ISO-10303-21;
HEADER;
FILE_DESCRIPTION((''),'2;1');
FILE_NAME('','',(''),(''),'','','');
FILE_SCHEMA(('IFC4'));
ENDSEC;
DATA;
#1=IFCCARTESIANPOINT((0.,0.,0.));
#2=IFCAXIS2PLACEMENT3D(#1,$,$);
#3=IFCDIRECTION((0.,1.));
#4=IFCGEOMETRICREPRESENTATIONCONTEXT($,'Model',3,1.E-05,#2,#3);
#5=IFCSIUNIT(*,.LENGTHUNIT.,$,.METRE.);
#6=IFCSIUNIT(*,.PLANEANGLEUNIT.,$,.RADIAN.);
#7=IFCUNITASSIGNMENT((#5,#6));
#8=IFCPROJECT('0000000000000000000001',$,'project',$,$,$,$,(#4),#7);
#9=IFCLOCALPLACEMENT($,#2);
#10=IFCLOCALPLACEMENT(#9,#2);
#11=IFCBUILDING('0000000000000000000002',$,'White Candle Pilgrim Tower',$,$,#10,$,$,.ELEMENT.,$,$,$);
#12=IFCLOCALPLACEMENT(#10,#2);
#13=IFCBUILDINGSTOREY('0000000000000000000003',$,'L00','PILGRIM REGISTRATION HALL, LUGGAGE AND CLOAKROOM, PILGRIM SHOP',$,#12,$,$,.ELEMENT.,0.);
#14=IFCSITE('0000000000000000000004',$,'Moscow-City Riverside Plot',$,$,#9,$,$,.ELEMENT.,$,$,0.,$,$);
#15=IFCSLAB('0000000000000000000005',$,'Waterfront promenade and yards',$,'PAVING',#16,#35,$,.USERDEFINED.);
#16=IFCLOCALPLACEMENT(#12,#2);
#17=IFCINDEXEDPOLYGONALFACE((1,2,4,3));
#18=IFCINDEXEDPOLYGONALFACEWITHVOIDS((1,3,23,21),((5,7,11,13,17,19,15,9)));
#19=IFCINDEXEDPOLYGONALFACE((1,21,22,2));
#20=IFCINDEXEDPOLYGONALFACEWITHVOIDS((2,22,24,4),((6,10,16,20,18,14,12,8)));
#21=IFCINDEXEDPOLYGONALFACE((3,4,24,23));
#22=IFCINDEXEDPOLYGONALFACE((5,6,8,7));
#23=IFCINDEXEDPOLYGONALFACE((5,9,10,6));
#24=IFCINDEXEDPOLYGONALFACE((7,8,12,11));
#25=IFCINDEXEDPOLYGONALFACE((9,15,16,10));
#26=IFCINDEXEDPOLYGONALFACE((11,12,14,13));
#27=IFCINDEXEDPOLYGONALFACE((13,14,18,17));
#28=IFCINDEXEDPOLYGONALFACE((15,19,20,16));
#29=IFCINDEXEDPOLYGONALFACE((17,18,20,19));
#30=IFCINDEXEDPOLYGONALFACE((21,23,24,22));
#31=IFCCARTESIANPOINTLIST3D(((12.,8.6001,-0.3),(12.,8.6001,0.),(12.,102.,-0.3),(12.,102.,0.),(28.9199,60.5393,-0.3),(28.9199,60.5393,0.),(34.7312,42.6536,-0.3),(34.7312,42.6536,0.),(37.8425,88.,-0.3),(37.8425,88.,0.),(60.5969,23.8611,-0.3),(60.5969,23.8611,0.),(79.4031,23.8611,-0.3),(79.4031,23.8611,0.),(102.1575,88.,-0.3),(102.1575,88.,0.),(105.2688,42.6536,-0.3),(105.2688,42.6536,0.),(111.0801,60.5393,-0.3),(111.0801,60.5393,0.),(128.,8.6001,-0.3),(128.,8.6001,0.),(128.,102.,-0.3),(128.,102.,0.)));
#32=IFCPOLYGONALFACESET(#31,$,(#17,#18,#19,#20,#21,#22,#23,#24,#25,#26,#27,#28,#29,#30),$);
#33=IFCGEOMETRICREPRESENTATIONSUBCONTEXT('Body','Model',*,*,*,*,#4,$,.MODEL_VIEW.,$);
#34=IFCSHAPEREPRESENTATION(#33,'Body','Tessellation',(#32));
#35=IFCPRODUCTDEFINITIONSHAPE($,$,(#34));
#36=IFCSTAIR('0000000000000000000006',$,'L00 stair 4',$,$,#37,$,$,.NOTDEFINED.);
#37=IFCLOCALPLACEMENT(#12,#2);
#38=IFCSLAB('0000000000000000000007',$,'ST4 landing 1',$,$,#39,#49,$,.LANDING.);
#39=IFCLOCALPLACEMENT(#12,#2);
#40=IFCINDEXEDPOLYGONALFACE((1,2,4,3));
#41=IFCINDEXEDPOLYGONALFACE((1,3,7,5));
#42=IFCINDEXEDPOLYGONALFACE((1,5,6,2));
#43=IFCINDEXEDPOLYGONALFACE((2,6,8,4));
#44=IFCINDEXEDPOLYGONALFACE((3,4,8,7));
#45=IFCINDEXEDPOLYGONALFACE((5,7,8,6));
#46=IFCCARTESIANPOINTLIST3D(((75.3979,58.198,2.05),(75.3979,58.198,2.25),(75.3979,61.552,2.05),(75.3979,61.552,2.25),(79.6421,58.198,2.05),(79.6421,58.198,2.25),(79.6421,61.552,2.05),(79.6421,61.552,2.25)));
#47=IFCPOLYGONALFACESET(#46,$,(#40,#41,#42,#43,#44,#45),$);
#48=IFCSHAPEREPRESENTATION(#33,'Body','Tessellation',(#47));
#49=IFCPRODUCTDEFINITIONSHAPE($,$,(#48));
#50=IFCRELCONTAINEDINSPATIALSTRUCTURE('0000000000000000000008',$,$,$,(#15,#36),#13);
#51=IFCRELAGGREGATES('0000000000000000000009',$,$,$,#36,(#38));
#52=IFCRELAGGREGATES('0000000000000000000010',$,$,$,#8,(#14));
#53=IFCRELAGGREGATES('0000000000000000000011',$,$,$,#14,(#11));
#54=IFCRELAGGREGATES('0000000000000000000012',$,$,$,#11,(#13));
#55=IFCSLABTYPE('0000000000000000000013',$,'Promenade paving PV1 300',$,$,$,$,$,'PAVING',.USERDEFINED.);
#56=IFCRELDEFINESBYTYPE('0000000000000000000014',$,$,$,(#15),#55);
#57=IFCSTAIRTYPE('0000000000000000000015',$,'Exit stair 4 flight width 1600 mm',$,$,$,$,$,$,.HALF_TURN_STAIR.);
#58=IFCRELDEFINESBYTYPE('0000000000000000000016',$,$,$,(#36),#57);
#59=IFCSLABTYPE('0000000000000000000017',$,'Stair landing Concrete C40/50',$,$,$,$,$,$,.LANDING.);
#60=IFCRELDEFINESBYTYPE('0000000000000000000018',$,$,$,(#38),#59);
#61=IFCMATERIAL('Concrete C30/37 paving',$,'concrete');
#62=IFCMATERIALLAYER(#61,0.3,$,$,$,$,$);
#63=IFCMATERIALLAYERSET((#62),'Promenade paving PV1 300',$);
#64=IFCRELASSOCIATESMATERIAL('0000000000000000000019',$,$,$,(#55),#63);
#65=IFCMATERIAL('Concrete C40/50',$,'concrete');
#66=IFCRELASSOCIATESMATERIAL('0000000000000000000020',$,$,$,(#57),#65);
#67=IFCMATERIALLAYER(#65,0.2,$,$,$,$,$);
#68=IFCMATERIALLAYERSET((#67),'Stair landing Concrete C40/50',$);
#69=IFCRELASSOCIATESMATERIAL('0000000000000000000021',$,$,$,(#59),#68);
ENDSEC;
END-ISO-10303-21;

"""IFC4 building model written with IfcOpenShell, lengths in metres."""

from ifc_helpers import new_model, si_unit, direction, frame, origin, place, context, subcontext, project, spatial, polyline, outline, extrude, material, layer, layer_set, type_object, element, aggregate, save


model = new_model("IFC4")

# Units and contexts
model_context = context("Model", 3, precision=1e-05, world=origin(), true_north=direction((0.0, 1.0)))
body_context = subcontext(model_context, "Body", "Model", "MODEL_VIEW")
ifc_project = project(units=[si_unit("LENGTHUNIT", "METRE"), si_unit("PLANEANGLEUNIT", "RADIAN")], contexts=[model_context])

# Site, building, storey
site_placement = place(None, origin())
site = spatial("IfcSite", under=ifc_project, at=site_placement, Name="Moscow-City Riverside Plot", CompositionType="ELEMENT", RefElevation=0.0)
building_placement = place(site_placement, origin())
building = spatial("IfcBuilding", under=site, at=building_placement, Name="White Candle Pilgrim Tower", CompositionType="ELEMENT")
storey_placement = place(building_placement, origin())
storey = spatial("IfcBuildingStorey", under=building, at=storey_placement, Name="L00", Description="PILGRIM REGISTRATION HALL, LUGGAGE AND CLOAKROOM, PILGRIM SHOP", CompositionType="ELEMENT", Elevation=0.0)

# Slab
ifc_material_1 = material(Name="Concrete C40/50", Category="concrete")
ifc_material_2 = material(Name="Concrete C30/37 paving", Category="concrete")
ifc_layer_1 = layer(ifc_material_2, 0.3)
ifc_layer_set_1 = layer_set([ifc_layer_1], Name="Promenade paving PV1 300")
slab_type_1 = type_object("IfcSlabType", Name="Promenade paving PV1 300", ElementType="PAVING", PredefinedType="USERDEFINED", material=ifc_layer_set_1)
slab_1_placement = place(storey_placement, frame((0.0, 0.0, -0.3)))
element("IfcSlab", 1, at=slab_1_placement, inside=storey, type_object=slab_type_1, Name="Waterfront promenade and yards", ObjectType="PAVING", PredefinedType="USERDEFINED", context=body_context, shape_type="SweptSolid", body=[
    extrude(outline(polyline([(12.0, 102.0), (128.0, 102.0), (128.0, 8.6001), (12.0, 8.6001), (12.0, 102.0)]), holes=[polyline([(102.1575, 88.0), (37.8425, 88.0), (28.9199, 60.5393), (34.7312, 42.6536), (60.5969, 23.8611), (79.4031, 23.8611), (105.2688, 42.6536), (111.0801, 60.5393), (102.1575, 88.0)])]), origin(), (0.0, 0.0, 1.0), 0.3),
])

# Stair, slab
stair_type = type_object("IfcStairType", Name="Exit stair 4 flight width 1600 mm", PredefinedType="HALF_TURN_STAIR", material=ifc_material_1)
stair_placement = place(storey_placement, origin())
stair = element("IfcStair", 2, at=stair_placement, inside=storey, type_object=stair_type, Name="L00 stair 4", PredefinedType="NOTDEFINED")
ifc_layer_2 = layer(ifc_material_1, 0.2)
ifc_layer_set_2 = layer_set([ifc_layer_2], Name="Stair landing Concrete C40/50")
slab_type_2 = type_object("IfcSlabType", Name="Stair landing Concrete C40/50", PredefinedType="LANDING", material=ifc_layer_set_2)
slab_2_placement = place(storey_placement, frame((0.0, 0.0, 2.05)))
slab_2 = element("IfcSlab", 3, at=slab_2_placement, type_object=slab_type_2, Name="ST4 landing 1", PredefinedType="LANDING", context=body_context, shape_type="SweptSolid", body=[
    extrude(outline(polyline([(79.6421, 61.552), (79.6421, 58.198), (75.3979, 58.198), (75.3979, 61.552), (79.6421, 61.552)])), origin(), (0.0, 0.0, 1.0), 0.2),
])
aggregate(stair, [slab_2])

save(model, "model.ifc")
